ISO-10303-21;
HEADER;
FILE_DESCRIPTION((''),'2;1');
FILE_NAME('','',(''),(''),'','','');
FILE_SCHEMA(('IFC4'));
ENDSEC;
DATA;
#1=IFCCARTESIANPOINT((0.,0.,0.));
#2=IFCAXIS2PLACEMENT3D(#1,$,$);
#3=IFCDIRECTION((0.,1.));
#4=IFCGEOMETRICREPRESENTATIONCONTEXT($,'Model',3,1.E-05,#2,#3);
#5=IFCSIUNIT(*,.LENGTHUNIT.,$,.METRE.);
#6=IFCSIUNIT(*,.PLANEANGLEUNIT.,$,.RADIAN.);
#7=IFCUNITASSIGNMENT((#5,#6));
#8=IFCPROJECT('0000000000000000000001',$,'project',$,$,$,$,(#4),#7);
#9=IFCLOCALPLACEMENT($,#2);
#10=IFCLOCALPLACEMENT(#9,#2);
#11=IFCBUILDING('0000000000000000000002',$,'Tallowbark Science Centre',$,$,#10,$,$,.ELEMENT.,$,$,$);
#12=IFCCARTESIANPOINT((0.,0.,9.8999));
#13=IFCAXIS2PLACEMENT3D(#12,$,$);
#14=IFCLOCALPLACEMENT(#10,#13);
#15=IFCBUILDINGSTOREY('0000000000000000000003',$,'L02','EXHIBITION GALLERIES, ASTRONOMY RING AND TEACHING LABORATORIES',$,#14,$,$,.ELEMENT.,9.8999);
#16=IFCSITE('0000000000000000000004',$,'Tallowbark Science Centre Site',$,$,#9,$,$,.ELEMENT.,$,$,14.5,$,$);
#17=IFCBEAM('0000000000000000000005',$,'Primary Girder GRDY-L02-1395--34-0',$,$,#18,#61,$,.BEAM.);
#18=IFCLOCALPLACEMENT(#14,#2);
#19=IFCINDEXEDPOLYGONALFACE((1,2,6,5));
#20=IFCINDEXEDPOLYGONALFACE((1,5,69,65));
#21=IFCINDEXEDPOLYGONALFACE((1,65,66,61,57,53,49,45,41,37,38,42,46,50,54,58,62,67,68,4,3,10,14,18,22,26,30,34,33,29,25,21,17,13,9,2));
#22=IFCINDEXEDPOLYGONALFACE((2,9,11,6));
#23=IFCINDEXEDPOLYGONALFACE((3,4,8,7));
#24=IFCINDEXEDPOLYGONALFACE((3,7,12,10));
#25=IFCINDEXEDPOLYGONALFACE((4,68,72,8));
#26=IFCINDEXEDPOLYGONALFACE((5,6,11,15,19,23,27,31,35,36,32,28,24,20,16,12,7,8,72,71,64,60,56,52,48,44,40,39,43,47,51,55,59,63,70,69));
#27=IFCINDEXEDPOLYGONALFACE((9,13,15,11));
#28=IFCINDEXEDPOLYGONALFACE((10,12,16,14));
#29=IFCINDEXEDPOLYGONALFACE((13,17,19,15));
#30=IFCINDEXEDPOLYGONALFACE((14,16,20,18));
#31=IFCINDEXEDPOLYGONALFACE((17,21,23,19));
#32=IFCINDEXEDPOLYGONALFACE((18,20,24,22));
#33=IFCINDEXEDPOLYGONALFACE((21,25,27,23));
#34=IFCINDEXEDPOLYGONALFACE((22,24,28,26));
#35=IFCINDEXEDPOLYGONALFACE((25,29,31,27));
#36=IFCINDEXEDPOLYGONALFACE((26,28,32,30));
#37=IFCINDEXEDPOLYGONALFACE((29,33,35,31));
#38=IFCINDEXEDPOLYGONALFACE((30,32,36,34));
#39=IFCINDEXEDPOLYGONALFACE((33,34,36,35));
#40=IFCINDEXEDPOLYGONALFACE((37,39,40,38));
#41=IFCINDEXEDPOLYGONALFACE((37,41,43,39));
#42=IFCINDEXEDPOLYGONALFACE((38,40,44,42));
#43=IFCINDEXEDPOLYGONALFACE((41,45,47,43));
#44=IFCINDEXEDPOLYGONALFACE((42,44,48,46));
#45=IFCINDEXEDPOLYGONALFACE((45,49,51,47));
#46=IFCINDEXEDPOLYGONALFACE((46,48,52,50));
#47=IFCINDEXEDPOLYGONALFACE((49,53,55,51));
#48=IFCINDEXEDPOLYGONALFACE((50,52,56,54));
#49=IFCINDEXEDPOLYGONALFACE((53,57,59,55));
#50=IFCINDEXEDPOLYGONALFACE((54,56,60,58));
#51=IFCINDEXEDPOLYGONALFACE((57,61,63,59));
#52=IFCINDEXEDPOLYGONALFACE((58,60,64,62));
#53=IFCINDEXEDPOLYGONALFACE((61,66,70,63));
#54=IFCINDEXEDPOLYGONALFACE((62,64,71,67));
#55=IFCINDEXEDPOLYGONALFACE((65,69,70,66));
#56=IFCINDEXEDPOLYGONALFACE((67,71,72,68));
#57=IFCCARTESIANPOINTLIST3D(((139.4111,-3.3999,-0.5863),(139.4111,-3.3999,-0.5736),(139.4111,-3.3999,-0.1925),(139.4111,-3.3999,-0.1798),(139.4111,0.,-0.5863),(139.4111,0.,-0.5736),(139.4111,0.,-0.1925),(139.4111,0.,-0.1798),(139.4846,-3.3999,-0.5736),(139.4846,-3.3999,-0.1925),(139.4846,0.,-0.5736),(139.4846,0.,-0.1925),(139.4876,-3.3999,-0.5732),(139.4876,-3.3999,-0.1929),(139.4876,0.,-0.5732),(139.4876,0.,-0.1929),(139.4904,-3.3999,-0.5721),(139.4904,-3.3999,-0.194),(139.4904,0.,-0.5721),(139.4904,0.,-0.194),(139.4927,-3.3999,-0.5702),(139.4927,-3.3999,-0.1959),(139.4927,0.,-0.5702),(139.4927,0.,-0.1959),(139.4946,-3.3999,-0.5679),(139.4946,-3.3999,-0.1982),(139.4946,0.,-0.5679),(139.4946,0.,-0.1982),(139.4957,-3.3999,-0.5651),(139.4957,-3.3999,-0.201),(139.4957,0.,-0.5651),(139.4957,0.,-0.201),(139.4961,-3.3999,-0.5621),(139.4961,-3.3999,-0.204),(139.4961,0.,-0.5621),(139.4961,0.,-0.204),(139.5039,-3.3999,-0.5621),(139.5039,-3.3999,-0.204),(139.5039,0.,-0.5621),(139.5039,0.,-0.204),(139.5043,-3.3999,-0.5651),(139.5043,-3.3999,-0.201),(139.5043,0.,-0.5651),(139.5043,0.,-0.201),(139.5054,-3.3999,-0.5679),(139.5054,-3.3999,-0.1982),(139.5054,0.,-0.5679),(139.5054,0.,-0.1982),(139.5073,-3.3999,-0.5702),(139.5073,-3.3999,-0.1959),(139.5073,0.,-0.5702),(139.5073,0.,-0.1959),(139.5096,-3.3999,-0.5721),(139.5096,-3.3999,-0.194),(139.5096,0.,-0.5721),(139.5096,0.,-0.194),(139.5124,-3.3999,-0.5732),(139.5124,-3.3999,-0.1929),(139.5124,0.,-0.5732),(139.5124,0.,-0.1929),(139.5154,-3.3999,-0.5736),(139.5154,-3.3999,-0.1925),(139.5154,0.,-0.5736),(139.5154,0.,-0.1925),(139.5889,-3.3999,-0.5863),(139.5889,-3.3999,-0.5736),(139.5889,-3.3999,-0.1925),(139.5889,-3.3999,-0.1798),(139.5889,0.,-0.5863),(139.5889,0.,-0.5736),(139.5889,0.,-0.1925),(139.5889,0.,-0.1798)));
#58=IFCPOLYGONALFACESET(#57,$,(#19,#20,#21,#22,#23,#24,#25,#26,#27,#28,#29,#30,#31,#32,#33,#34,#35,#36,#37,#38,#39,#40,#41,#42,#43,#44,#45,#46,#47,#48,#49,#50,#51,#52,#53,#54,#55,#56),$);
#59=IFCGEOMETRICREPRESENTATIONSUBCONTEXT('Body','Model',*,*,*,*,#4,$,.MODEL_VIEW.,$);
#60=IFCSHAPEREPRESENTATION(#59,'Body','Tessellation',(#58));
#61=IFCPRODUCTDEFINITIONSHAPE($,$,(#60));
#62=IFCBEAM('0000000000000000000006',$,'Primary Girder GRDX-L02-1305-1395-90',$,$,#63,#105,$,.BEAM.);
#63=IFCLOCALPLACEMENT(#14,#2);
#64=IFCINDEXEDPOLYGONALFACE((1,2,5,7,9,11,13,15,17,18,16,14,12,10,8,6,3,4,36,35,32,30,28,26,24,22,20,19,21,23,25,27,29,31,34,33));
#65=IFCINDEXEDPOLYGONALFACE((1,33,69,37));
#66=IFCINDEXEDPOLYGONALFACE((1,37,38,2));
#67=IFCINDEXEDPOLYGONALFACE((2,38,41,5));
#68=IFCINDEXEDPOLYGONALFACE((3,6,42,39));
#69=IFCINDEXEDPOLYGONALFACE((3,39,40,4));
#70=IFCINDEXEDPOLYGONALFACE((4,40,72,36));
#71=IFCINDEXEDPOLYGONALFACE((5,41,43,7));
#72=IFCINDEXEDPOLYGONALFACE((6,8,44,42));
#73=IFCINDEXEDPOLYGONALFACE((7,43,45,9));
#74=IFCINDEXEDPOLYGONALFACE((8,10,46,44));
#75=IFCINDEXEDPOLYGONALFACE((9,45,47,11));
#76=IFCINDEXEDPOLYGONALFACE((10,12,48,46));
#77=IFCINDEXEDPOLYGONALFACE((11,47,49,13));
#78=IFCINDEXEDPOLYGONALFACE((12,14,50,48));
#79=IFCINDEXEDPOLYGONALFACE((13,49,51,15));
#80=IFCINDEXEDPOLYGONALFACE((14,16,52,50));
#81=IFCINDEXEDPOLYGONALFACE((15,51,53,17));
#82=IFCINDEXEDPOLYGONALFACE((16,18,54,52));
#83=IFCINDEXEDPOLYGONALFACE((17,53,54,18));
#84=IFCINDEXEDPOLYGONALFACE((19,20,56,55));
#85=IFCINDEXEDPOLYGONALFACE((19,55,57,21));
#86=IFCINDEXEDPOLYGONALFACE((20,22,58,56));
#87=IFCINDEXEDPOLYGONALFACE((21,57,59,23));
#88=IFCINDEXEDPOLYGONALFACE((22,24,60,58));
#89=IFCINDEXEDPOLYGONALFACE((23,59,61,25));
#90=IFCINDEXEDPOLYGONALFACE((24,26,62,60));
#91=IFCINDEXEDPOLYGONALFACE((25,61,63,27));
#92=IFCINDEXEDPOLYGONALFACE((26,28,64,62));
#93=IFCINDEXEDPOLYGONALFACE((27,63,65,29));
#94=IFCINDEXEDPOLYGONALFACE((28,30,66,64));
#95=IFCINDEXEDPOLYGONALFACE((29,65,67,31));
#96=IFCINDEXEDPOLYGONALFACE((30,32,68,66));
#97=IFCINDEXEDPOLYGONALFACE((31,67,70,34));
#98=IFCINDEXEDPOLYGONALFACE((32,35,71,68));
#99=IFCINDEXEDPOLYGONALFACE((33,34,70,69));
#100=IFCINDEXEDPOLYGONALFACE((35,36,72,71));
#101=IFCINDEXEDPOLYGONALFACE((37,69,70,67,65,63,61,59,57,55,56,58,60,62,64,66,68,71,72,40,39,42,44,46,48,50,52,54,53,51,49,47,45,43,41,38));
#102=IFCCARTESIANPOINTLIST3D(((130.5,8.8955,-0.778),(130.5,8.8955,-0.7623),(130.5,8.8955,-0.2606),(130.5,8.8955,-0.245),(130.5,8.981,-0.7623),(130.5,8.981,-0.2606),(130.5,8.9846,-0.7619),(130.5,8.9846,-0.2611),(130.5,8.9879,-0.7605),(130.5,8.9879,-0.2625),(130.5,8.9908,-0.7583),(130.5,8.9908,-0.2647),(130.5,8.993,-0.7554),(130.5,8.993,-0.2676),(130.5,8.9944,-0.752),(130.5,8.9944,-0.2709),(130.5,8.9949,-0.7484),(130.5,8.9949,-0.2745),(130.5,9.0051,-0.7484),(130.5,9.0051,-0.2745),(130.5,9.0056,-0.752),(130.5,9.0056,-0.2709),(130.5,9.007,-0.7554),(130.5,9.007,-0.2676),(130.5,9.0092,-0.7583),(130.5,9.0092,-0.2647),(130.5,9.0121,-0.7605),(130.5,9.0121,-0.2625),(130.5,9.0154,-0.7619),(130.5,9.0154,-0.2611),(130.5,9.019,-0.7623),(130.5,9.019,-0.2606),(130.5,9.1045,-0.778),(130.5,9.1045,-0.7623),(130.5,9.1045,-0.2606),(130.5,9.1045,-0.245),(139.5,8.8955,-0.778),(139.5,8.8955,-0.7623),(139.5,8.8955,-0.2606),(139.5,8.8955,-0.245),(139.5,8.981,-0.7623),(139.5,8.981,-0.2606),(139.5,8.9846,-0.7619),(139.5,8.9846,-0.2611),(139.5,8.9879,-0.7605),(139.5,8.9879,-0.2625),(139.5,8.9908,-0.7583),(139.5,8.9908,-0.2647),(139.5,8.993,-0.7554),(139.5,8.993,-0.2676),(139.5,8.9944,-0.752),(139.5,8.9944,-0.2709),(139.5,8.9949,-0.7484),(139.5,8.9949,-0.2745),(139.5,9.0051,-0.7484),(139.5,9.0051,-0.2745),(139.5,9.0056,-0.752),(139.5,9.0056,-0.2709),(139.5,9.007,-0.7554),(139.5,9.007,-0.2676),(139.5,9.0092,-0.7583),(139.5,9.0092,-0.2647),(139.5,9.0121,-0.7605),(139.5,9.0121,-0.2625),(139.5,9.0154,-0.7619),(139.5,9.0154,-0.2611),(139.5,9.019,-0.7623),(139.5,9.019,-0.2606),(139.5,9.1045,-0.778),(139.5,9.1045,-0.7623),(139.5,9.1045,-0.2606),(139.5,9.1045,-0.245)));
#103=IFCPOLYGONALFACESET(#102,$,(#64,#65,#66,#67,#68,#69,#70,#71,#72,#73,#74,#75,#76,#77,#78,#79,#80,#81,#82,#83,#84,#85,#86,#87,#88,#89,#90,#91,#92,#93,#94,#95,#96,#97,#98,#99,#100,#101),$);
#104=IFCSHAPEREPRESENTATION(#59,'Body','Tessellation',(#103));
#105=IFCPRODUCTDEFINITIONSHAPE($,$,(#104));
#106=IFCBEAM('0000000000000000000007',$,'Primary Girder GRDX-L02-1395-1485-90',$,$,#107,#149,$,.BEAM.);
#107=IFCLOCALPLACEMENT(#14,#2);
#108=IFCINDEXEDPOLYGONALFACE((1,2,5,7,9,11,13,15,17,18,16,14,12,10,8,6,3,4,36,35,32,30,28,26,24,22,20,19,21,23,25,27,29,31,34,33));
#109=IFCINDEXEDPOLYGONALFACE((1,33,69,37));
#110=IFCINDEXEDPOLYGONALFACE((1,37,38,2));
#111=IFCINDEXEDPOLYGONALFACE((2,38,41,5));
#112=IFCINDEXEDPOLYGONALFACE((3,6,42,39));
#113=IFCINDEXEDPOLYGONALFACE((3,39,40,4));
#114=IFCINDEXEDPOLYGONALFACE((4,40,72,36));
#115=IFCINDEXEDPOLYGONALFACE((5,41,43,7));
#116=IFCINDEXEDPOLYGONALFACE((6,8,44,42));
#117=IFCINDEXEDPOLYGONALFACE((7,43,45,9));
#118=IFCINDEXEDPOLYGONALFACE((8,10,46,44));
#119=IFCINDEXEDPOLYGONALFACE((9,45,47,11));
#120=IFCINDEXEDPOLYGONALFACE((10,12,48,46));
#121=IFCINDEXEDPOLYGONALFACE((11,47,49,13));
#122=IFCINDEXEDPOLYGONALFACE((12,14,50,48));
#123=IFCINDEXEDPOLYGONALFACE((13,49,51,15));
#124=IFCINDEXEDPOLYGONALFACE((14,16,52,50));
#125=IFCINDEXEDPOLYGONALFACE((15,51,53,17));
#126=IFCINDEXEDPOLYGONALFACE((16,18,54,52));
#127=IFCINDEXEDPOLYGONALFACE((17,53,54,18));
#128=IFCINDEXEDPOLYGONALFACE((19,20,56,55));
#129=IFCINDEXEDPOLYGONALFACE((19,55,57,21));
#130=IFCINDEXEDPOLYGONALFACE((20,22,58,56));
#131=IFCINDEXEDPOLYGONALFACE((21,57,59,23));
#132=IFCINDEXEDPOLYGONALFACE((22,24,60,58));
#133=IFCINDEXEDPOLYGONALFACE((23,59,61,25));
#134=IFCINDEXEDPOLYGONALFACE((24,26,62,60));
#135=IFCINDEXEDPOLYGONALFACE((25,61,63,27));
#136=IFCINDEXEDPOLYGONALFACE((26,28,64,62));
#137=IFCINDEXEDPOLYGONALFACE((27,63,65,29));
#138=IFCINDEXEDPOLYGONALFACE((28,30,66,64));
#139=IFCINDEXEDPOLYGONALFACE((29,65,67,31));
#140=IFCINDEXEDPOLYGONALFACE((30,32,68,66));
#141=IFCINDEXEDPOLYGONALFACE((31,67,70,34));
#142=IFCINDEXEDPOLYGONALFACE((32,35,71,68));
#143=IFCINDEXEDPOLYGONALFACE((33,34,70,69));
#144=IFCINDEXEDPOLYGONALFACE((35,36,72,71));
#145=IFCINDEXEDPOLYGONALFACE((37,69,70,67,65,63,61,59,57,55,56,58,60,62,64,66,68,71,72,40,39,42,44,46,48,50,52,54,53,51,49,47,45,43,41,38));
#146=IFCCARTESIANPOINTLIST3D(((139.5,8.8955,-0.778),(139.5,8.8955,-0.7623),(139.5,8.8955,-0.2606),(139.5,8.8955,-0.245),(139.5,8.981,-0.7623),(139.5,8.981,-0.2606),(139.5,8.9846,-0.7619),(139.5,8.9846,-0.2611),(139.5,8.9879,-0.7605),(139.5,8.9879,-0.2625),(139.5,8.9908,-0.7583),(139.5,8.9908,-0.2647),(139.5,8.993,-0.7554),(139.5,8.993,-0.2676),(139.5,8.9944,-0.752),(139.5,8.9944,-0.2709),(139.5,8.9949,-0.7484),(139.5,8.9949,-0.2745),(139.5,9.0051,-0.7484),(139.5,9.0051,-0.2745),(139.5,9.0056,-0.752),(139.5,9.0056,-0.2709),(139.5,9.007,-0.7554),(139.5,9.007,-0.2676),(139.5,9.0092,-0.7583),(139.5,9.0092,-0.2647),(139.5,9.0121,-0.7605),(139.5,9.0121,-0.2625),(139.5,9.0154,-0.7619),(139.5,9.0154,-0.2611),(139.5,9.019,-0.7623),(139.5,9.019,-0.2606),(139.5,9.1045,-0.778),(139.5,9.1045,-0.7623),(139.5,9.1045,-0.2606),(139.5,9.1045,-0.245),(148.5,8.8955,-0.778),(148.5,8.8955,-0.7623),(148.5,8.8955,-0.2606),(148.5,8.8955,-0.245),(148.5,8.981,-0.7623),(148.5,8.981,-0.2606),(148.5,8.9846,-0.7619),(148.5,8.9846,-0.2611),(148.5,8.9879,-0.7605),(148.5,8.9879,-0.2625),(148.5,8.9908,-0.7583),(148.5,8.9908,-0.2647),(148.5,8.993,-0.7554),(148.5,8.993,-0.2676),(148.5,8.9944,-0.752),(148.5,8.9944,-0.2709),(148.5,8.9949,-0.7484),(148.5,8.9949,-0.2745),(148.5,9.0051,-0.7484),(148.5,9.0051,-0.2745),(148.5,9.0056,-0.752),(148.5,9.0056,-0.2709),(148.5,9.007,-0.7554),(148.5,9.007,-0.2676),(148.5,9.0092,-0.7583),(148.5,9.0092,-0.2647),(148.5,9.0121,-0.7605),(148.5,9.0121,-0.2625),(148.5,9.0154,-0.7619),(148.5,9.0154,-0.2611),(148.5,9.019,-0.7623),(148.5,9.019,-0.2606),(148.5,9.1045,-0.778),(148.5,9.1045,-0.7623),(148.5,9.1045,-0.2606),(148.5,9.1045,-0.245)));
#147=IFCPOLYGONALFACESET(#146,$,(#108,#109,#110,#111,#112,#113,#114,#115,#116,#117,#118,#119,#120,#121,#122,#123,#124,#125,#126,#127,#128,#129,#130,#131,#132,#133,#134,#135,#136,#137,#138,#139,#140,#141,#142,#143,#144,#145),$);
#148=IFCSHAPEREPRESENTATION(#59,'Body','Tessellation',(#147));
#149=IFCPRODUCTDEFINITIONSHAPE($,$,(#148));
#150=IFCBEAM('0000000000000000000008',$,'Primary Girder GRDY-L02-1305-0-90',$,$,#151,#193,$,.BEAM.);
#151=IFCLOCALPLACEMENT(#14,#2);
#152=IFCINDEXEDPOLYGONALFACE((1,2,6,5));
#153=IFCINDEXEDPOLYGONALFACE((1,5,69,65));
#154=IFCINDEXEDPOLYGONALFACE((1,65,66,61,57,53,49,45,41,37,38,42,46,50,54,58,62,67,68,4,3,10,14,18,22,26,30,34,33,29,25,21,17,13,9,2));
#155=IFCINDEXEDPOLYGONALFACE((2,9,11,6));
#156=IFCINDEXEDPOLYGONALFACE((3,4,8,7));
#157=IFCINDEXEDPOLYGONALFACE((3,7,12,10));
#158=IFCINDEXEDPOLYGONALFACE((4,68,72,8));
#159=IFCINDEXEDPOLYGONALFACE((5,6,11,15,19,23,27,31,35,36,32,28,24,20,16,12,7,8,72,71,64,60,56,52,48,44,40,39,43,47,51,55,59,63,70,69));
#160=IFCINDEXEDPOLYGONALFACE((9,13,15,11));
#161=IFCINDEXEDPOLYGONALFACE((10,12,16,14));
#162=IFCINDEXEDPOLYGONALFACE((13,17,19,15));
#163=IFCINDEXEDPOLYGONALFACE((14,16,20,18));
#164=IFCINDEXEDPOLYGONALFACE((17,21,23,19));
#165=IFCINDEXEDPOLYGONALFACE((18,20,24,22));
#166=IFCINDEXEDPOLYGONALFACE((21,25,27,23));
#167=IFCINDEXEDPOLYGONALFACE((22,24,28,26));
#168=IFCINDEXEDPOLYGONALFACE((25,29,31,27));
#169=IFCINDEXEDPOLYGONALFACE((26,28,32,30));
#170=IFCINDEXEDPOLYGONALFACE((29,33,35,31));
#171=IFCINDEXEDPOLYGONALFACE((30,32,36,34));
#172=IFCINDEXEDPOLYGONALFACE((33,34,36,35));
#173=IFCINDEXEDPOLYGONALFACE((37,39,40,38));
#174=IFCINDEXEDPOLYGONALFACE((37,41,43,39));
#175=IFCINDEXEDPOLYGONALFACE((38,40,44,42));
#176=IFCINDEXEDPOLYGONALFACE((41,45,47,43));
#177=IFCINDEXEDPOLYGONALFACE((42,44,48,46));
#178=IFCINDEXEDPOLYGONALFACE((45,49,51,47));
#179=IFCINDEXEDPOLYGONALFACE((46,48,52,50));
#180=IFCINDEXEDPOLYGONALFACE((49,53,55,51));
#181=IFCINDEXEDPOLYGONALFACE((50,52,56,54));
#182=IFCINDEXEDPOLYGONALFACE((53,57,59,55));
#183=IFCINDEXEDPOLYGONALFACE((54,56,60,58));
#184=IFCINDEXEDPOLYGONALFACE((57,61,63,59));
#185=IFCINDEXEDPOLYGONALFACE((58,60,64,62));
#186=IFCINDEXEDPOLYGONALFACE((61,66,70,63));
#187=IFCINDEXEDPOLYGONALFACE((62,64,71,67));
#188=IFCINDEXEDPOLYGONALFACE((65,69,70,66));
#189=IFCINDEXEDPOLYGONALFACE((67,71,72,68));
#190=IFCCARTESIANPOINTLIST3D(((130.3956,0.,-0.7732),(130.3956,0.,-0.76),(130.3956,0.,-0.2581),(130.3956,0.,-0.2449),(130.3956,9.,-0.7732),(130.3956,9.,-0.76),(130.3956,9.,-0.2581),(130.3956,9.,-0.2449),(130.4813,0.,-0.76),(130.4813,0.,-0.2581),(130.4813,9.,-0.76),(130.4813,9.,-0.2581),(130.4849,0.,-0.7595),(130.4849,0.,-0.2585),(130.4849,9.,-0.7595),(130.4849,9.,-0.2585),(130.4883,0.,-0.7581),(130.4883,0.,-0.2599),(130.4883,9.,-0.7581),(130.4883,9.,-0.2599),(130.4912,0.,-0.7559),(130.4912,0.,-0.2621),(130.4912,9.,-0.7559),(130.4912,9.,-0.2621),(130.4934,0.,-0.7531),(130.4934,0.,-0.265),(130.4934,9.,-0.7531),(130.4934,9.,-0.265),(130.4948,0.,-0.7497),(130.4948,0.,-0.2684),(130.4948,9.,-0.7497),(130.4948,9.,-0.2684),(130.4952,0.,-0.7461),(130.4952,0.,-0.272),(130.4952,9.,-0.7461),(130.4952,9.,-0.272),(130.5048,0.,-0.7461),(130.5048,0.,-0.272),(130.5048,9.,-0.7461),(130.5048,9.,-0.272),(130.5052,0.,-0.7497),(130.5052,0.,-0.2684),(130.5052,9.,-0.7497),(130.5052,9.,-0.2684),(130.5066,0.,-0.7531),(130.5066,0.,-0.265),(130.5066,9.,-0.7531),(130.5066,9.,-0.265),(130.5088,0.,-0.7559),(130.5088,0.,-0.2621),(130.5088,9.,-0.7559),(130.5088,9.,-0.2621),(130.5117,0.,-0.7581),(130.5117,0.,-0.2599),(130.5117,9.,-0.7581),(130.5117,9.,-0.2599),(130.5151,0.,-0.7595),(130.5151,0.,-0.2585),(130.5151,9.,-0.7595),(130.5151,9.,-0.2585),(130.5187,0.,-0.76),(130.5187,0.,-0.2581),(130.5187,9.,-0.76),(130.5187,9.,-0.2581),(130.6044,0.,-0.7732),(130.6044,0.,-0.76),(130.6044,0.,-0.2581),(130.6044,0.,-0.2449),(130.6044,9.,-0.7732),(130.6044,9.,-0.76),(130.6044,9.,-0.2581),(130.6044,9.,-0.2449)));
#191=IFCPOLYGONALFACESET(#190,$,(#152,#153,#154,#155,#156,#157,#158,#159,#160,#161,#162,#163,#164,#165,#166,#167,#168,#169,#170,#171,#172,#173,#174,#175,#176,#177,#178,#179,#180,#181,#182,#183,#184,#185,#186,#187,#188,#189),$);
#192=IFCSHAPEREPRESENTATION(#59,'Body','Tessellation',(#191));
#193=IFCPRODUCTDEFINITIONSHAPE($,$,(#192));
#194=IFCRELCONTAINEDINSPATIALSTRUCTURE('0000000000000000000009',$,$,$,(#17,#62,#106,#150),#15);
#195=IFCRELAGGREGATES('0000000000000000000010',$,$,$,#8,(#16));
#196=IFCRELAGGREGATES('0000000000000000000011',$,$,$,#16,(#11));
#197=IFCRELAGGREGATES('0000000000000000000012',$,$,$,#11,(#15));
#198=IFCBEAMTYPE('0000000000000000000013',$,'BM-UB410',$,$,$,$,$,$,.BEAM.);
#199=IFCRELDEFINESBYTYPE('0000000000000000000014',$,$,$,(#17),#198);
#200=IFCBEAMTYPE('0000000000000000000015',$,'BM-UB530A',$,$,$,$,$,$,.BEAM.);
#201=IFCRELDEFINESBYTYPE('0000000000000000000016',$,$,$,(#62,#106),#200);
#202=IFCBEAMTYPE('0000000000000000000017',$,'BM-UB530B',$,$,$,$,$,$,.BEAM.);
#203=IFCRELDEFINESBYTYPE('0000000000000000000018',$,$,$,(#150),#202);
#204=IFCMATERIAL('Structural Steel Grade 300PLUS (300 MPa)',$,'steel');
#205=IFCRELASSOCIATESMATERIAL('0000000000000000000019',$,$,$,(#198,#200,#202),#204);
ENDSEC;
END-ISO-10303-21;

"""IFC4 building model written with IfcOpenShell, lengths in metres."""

from ifc_helpers import new_model, si_unit, direction, frame, origin, origin_2d, place, context, subcontext, project, spatial, i_section, extrude, material, material_profile, profile_set, type_object, element, save


model = new_model("IFC4")

# Units and contexts
model_context = context("Model", 3, precision=1e-05, world=origin(), true_north=direction((0.0, 1.0)))
body_context = subcontext(model_context, "Body", "Model", "MODEL_VIEW")
ifc_project = project(units=[si_unit("LENGTHUNIT", "METRE"), si_unit("PLANEANGLEUNIT", "RADIAN")], contexts=[model_context])

# Site, building, storey
site_placement = place(None, origin())
site = spatial("IfcSite", under=ifc_project, at=site_placement, Name="Tallowbark Science Centre Site", CompositionType="ELEMENT", RefElevation=14.5)
building_placement = place(site_placement, origin())
building = spatial("IfcBuilding", under=site, at=building_placement, Name="Tallowbark Science Centre", CompositionType="ELEMENT")
storey_placement = place(building_placement, frame((0.0, 0.0, 9.8999)))
storey = spatial("IfcBuildingStorey", under=building, at=storey_placement, Name="L02", Description="EXHIBITION GALLERIES, ASTRONOMY RING AND TEACHING LABORATORIES", CompositionType="ELEMENT", Elevation=9.8999)

# Shared definitions
ifc_material_1 = material(Name="Structural Steel Grade 300PLUS (300 MPa)", Category="steel")

# Beams
ifc_material_profile_1 = material_profile(ifc_material_1, i_section(OverallWidth=0.1777, OverallDepth=0.4065, WebThickness=0.0078, FlangeThickness=0.0127, FilletRadius=0.0115, at=origin_2d()), Name="410UB59.7")
ifc_profile_set_1 = profile_set([ifc_material_profile_1], Name="Structural Steel Grade 300PLUS (300 MPa)")
beam_type_1 = type_object("IfcBeamType", Name="BM-UB410", PredefinedType="BEAM", material=ifc_profile_set_1)
beam_1_placement = place(storey_placement, frame((139.5, -3.3999, -0.3831), z_axis=(0.0, 1.0, 0.0), x_axis=(-1.0, 0.0, 0.0)))
element("IfcBeam", 1, at=beam_1_placement, inside=storey, type_object=beam_type_1, Name="Primary Girder GRDY-L02-1395--34-0", PredefinedType="BEAM", context=body_context, shape_type="SweptSolid", body=[
    extrude(i_section(OverallWidth=0.1777, OverallDepth=0.4065, WebThickness=0.0078, FlangeThickness=0.0127, FilletRadius=0.0115, at=origin_2d()), origin(), (0.0, 0.0, 1.0), 3.3999),
])
ifc_material_profile_2 = material_profile(ifc_material_1, i_section(OverallWidth=0.209, OverallDepth=0.533, WebThickness=0.0103, FlangeThickness=0.0156, FilletRadius=0.0139, at=origin_2d()), Name="530UB92.4")
ifc_profile_set_2 = profile_set([ifc_material_profile_2], Name="Structural Steel Grade 300PLUS (300 MPa)")
beam_type_2 = type_object("IfcBeamType", Name="BM-UB530A", PredefinedType="BEAM", material=ifc_profile_set_2)
for number, where, z_axis, x_axis, name in (
    (2, (130.5, 9.0, -0.5115), (1.0, 0.0, 0.0), (0.0, 1.0, 0.0), "Primary Girder GRDX-L02-1305-1395-90"),
    (3, (139.5, 9.0, -0.5115), (1.0, 0.0, 0.0), (0.0, 1.0, 0.0), "Primary Girder GRDX-L02-1395-1485-90"),
):
    element("IfcBeam", number, at=place(storey_placement, frame(where, z_axis=z_axis, x_axis=x_axis)), inside=storey, type_object=beam_type_2, Name=name, PredefinedType="BEAM", context=body_context, shape_type="SweptSolid", body=[
        extrude(i_section(OverallWidth=0.209, OverallDepth=0.533, WebThickness=0.0103, FlangeThickness=0.0156, FilletRadius=0.0139, at=origin_2d()), origin(), (0.0, 0.0, 1.0), 9.0),
    ])
ifc_material_profile_3 = material_profile(ifc_material_1, i_section(OverallWidth=0.2087, OverallDepth=0.5283, WebThickness=0.0095, FlangeThickness=0.0132, FilletRadius=0.0139, at=origin_2d()), Name="530UB82.0")
ifc_profile_set_3 = profile_set([ifc_material_profile_3], Name="Structural Steel Grade 300PLUS (300 MPa)")
beam_type_3 = type_object("IfcBeamType", Name="BM-UB530B", PredefinedType="BEAM", material=ifc_profile_set_3)
for number, where, z_axis, x_axis, name in (
    (4, (130.5, 0.0, -0.509), (0.0, 1.0, 0.0), (-1.0, 0.0, 0.0), "Primary Girder GRDY-L02-1305-0-90"),
):
    element("IfcBeam", number, at=place(storey_placement, frame(where, z_axis=z_axis, x_axis=x_axis)), inside=storey, type_object=beam_type_3, Name=name, PredefinedType="BEAM", context=body_context, shape_type="SweptSolid", body=[
        extrude(i_section(OverallWidth=0.2087, OverallDepth=0.5283, WebThickness=0.0095, FlangeThickness=0.0132, FilletRadius=0.0139, at=origin_2d()), origin(), (0.0, 0.0, 1.0), 9.0),
    ])

save(model, "model.ifc")
